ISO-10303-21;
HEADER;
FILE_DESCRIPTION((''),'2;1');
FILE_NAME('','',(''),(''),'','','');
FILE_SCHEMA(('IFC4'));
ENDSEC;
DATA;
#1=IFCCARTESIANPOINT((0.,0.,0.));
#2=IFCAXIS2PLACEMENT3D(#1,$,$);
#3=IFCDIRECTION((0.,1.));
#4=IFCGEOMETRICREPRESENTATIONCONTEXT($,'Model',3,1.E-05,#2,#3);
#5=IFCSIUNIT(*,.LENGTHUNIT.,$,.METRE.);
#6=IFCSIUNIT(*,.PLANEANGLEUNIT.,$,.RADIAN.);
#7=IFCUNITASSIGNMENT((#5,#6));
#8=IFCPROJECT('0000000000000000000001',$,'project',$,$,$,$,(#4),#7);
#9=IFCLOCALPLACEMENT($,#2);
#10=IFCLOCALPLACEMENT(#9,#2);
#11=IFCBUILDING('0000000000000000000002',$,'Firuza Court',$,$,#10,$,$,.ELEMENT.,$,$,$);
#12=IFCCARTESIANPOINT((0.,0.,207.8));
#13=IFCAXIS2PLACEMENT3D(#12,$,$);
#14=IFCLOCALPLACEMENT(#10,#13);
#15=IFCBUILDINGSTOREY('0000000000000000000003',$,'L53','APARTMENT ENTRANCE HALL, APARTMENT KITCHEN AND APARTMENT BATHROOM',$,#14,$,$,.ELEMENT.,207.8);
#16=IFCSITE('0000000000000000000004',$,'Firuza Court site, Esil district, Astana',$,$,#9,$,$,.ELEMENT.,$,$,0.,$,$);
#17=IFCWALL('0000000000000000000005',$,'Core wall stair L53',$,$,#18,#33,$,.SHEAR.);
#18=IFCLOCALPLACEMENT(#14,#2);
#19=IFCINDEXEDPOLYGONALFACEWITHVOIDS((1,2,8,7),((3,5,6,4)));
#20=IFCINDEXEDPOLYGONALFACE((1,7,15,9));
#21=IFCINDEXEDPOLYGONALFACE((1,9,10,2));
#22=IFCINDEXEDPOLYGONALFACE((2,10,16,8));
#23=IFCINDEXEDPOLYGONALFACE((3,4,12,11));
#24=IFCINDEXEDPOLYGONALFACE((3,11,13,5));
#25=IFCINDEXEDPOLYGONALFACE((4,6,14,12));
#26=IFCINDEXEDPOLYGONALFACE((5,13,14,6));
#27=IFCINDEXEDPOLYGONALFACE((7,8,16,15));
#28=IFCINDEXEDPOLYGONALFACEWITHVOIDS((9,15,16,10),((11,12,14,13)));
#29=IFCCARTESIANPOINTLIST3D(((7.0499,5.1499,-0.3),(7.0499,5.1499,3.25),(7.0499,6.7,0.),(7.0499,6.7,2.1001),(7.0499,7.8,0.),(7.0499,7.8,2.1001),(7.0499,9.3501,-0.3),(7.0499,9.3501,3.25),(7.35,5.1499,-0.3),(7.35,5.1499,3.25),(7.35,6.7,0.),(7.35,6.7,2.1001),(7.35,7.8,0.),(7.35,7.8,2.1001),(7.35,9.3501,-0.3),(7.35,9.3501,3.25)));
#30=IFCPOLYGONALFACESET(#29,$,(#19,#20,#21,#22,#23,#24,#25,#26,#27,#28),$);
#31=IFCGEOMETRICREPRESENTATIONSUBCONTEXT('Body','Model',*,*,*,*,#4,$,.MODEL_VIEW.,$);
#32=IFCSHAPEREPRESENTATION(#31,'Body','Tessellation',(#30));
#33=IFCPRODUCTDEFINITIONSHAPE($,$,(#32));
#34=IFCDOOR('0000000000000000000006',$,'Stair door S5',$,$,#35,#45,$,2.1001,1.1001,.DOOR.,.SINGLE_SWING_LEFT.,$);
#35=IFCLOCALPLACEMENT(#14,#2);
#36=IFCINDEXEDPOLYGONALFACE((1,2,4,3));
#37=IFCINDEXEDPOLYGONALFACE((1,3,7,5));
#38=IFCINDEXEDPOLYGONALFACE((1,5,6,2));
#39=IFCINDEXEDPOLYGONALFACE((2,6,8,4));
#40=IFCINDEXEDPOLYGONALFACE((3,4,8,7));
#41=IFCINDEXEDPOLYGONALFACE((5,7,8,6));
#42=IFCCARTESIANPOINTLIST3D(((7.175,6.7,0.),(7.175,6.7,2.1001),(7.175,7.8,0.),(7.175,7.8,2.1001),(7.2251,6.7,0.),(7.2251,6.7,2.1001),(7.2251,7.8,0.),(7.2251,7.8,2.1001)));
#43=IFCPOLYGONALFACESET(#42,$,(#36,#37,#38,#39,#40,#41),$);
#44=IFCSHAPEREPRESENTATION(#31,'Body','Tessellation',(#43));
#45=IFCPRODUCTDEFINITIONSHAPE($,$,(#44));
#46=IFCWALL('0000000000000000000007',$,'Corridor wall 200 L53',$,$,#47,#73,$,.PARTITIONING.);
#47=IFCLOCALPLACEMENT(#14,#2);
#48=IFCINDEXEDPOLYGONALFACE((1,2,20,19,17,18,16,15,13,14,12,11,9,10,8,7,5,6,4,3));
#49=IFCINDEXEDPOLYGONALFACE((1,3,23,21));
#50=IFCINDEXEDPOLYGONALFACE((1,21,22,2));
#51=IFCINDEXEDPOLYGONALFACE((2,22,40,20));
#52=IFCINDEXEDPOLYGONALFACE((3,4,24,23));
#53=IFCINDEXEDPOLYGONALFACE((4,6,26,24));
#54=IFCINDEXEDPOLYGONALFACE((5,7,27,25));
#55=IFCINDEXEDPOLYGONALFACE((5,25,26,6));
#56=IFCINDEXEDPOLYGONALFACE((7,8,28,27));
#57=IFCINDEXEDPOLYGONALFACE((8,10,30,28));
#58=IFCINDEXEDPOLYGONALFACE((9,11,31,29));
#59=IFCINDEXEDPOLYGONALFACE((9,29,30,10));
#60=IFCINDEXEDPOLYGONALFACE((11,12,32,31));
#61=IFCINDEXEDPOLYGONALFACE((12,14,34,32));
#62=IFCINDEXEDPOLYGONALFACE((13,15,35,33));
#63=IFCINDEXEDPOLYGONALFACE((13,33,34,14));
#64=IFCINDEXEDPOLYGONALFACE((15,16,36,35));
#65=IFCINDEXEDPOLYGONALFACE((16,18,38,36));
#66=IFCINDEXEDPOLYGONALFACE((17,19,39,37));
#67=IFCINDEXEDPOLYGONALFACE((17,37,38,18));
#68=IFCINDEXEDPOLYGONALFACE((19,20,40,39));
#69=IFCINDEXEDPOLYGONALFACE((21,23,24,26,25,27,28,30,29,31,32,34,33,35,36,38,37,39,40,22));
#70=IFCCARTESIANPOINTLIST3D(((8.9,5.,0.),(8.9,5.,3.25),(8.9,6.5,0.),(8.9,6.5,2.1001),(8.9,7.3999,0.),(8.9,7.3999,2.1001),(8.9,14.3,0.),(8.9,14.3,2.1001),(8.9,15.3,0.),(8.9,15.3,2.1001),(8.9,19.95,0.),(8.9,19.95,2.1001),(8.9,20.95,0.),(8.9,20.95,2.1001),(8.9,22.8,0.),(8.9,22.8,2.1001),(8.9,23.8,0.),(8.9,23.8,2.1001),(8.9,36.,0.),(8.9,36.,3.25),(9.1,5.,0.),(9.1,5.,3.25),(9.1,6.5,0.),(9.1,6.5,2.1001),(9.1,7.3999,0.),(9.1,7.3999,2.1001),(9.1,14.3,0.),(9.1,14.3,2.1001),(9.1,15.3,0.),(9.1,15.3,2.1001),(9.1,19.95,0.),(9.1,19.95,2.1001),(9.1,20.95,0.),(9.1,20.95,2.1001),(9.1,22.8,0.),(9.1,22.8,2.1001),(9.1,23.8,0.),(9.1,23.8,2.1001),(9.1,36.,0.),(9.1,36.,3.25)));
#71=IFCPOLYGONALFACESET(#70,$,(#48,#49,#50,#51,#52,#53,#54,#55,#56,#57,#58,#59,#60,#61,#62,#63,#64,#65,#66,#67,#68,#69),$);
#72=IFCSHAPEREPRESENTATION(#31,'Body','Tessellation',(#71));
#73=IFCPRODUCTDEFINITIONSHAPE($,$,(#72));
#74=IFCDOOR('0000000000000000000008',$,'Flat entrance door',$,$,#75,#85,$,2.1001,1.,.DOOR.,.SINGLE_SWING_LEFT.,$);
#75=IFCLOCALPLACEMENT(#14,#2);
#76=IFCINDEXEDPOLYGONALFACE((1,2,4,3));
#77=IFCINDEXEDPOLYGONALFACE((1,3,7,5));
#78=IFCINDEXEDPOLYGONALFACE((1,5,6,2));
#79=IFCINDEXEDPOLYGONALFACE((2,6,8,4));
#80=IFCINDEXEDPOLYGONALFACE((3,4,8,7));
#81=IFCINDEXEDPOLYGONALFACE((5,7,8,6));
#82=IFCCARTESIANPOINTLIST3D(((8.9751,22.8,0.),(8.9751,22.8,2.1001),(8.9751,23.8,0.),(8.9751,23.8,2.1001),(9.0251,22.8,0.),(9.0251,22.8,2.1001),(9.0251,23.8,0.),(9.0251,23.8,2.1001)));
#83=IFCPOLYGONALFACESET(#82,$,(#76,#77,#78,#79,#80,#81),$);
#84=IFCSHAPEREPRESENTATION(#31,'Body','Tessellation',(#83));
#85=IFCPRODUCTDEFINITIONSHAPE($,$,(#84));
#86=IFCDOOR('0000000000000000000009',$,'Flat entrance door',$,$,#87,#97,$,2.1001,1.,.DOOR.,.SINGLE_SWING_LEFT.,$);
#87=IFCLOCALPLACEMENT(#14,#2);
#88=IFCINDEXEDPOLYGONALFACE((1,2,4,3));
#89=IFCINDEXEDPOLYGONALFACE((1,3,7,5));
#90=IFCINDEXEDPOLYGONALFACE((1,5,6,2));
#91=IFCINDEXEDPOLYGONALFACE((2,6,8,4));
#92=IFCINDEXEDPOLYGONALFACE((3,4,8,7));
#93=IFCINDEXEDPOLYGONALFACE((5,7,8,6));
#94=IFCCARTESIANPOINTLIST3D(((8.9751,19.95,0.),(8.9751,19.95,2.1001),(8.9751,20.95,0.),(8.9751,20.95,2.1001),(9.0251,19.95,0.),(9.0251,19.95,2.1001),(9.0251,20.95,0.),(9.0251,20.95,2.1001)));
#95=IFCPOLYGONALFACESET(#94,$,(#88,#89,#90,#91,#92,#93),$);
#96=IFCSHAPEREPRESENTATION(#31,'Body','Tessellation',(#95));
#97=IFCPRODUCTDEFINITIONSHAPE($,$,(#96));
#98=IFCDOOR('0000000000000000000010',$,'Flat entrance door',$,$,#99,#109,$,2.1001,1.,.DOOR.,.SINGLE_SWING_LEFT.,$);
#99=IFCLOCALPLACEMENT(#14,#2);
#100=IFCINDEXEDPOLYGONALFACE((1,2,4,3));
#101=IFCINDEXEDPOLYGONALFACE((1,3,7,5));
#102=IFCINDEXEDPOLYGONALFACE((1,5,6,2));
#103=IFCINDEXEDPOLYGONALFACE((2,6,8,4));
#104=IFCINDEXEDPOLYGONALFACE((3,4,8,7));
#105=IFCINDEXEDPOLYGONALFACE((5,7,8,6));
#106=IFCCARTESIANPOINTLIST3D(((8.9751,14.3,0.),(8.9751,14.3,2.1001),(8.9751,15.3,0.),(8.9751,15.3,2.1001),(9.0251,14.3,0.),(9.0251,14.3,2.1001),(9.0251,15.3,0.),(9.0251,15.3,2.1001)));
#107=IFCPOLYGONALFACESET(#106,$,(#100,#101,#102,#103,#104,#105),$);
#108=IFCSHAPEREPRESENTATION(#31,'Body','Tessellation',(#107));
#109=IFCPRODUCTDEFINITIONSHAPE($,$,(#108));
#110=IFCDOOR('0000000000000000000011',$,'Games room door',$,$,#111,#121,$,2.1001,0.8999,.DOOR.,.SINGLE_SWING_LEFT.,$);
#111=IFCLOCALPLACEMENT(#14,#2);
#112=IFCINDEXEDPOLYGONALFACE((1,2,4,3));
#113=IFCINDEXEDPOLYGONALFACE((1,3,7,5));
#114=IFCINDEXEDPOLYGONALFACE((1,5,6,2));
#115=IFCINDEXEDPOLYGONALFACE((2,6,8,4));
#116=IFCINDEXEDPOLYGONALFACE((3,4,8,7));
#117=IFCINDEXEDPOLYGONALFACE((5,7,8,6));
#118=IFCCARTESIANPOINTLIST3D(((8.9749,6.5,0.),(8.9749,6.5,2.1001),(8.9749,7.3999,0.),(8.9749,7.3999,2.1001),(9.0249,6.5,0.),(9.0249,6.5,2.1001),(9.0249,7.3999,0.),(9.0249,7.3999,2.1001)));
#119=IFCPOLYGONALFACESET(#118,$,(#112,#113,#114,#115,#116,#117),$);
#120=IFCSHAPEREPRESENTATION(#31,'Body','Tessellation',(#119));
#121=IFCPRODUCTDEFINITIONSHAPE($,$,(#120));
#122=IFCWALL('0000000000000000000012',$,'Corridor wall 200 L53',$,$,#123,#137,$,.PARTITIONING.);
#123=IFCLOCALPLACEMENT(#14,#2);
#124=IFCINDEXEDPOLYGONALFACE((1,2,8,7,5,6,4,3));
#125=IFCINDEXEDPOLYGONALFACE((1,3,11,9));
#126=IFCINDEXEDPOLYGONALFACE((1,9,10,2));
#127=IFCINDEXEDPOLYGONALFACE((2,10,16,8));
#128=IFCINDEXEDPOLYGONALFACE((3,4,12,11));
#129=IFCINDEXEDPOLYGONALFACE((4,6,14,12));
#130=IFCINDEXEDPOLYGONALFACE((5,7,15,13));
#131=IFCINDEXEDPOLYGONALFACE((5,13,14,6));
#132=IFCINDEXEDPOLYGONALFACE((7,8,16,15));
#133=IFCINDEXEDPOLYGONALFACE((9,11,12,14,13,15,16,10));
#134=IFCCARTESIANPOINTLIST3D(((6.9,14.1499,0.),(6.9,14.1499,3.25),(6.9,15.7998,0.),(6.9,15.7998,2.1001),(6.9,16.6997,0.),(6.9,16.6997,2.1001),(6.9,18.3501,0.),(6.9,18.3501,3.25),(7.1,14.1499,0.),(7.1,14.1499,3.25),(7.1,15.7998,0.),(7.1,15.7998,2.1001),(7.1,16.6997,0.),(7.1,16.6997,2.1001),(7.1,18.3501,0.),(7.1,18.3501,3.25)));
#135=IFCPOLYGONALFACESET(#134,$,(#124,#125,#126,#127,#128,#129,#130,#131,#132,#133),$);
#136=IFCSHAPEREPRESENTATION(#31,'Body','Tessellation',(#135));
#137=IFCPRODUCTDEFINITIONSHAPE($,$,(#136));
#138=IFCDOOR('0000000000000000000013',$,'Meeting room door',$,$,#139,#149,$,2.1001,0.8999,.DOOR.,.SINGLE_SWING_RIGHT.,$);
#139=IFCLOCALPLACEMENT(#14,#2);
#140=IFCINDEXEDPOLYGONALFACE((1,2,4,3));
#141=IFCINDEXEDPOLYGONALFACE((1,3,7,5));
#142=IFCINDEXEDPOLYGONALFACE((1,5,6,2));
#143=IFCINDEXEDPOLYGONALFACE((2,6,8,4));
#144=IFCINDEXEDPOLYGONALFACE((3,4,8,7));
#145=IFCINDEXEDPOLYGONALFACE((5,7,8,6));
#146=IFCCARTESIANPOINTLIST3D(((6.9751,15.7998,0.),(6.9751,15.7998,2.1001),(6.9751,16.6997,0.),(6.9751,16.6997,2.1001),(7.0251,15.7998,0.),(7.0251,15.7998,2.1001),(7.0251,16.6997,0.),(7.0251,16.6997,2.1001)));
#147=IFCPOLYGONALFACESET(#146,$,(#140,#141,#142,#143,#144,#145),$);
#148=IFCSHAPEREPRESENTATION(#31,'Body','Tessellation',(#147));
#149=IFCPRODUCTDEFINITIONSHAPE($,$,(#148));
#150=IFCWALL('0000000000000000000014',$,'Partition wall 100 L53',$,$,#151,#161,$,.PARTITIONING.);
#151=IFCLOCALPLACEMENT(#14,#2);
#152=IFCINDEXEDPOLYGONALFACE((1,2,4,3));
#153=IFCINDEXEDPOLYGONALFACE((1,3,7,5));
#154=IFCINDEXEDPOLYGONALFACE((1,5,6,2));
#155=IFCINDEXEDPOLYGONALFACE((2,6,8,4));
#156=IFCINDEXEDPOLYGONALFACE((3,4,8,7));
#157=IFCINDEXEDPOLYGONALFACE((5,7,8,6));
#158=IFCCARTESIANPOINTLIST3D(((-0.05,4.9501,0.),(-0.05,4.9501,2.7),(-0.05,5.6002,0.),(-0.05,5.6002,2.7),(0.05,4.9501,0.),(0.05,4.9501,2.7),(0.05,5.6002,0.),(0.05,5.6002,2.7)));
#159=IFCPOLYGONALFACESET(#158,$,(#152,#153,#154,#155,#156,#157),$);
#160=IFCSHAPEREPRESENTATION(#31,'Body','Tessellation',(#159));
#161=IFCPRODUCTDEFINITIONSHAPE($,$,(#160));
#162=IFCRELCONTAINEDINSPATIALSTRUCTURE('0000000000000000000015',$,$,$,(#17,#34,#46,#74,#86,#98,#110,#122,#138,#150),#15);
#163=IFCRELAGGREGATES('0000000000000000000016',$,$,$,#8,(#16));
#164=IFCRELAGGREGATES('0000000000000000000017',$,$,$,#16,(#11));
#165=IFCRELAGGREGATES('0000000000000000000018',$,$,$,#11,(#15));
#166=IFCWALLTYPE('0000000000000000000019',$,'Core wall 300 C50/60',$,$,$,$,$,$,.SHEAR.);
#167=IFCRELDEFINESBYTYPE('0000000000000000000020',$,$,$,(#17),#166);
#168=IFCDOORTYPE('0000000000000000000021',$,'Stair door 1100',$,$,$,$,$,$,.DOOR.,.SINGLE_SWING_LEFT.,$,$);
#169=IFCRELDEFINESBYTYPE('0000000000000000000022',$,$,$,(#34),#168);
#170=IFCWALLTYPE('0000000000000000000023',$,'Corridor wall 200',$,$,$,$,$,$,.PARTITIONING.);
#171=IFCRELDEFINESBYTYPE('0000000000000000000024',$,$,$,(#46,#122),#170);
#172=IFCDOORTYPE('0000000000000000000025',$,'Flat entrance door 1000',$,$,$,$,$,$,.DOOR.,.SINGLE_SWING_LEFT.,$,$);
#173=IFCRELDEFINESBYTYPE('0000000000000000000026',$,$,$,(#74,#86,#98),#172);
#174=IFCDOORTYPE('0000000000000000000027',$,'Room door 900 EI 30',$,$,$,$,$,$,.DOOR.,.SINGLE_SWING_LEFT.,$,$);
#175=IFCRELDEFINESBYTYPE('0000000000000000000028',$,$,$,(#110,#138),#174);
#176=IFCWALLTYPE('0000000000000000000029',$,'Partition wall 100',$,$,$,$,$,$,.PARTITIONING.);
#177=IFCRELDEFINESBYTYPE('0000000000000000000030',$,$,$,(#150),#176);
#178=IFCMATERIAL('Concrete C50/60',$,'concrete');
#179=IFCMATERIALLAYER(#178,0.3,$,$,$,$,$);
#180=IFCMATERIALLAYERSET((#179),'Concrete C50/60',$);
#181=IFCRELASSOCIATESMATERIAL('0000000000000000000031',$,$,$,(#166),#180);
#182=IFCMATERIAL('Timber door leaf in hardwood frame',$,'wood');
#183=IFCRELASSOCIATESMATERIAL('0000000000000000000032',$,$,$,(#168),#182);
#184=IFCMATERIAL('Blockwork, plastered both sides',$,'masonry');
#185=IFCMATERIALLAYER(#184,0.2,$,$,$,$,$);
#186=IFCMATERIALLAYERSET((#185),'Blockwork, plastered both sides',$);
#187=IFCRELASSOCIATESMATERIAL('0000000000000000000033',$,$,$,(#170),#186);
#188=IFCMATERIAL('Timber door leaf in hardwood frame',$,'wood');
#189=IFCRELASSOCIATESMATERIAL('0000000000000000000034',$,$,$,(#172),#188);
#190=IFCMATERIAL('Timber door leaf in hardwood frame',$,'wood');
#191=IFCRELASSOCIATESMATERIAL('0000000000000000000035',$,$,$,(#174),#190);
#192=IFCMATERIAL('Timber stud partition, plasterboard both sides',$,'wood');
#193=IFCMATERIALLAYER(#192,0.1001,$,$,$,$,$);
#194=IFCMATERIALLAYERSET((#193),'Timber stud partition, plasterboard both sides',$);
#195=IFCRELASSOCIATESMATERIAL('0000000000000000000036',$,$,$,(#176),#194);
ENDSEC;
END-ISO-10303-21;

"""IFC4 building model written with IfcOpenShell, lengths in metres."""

from ifc_helpers import new_model, si_unit, direction, frame, frame_2d, origin, place, context, subcontext, project, spatial, rectangle, extrude, material, layer, layer_set, type_object, element, fill, save


model = new_model("IFC4")

# Units and contexts
model_context = context("Model", 3, precision=1e-05, world=origin(), true_north=direction((0.0, 1.0)))
body_context = subcontext(model_context, "Body", "Model", "MODEL_VIEW")
ifc_project = project(units=[si_unit("LENGTHUNIT", "METRE"), si_unit("PLANEANGLEUNIT", "RADIAN")], contexts=[model_context])

# Site, building, storey
site_placement = place(None, origin())
site = spatial("IfcSite", under=ifc_project, at=site_placement, Name="Firuza Court site, Esil district, Astana", CompositionType="ELEMENT", RefElevation=0.0)
building_placement = place(site_placement, origin())
building = spatial("IfcBuilding", under=site, at=building_placement, Name="Firuza Court", CompositionType="ELEMENT")
storey_placement = place(building_placement, frame((0.0, 0.0, 207.8)))
storey = spatial("IfcBuildingStorey", under=building, at=storey_placement, Name="L53", Description="APARTMENT ENTRANCE HALL, APARTMENT KITCHEN AND APARTMENT BATHROOM", CompositionType="ELEMENT", Elevation=207.8)

# Shared definitions
ifc_material_1 = material(Name="Concrete C50/60", Category="concrete")
ifc_layer_1 = layer(ifc_material_1, 0.3)
ifc_layer_set_1 = layer_set([ifc_layer_1], Name="Concrete C50/60")
wall_type_1 = type_object("IfcWallType", Name="Core wall 300 C50/60", PredefinedType="SHEAR", material=ifc_layer_set_1)

# Wall, opening, door
wall_1_placement = place(storey_placement, frame((7.2, 5.1499, -0.3), z_axis=(0.0, 0.0, 1.0), x_axis=(0.0, 1.0, 0.0)))
wall_1 = element("IfcWall", 1, at=wall_1_placement, inside=storey, type_object=wall_type_1, Name="Core wall stair L53", PredefinedType="SHEAR", context=body_context, shape_type="SweptSolid", body=[
    extrude(rectangle(XDim=4.2002, YDim=0.3, at=frame_2d((2.1001, 0.0))), origin(), (0.0, 0.0, 1.0), 3.55),
])
opening_1_placement = place(wall_1_placement, frame((1.55, 0.0, 0.3)))
opening_1 = element("IfcOpeningElement", 2, at=opening_1_placement, cuts=wall_1, PredefinedType="OPENING", context=body_context, shape_type="SweptSolid", body=[
    extrude(rectangle(XDim=1.1001, YDim=2.1001, at=frame_2d((0.55, 1.05))), frame((0.0, 0.1621, 0.0), z_axis=(0.0, -1.0, 0.0), x_axis=(1.0, 0.0, 0.0)), (0.0, 0.0, 1.0), 0.324),
])
ifc_material_2 = material(Name="Timber door leaf in hardwood frame", Category="wood")
door_type_1 = type_object("IfcDoorType", Name="Stair door 1100", OperationType="SINGLE_SWING_LEFT", PredefinedType="DOOR", material=ifc_material_2)
door_1_placement = place(opening_1_placement, origin())
door_1 = element("IfcDoor", 3, at=door_1_placement, inside=storey, type_object=door_type_1, Name="Stair door S5", OperationType="SINGLE_SWING_LEFT", OverallHeight=2.1001, OverallWidth=1.1001, PredefinedType="DOOR", context=body_context, shape_type="SweptSolid", body=[
    extrude(rectangle(XDim=1.1001, YDim=2.1001, at=frame_2d((0.55, 1.05))), frame((0.0, 0.0249, 0.0), z_axis=(0.0, -1.0, 0.0), x_axis=(1.0, 0.0, 0.0)), (0.0, 0.0, 1.0), 0.05),
])
fill(opening_1, door_1)

# Wall, openings, doors
ifc_material_3 = material(Name="Blockwork, plastered both sides", Category="masonry")
ifc_layer_2 = layer(ifc_material_3, 0.2)
ifc_layer_set_2 = layer_set([ifc_layer_2], Name="Blockwork, plastered both sides")
wall_type_2 = type_object("IfcWallType", Name="Corridor wall 200", PredefinedType="PARTITIONING", material=ifc_layer_set_2)
wall_2_placement = place(storey_placement, frame((9.0, 5.0, 0.0), z_axis=(0.0, 0.0, 1.0), x_axis=(0.0, 1.0, 0.0)))
wall_2 = element("IfcWall", 4, at=wall_2_placement, inside=storey, type_object=wall_type_2, Name="Corridor wall 200 L53", PredefinedType="PARTITIONING", context=body_context, shape_type="SweptSolid", body=[
    extrude(rectangle(XDim=31.0, YDim=0.2, at=frame_2d((15.5, 0.0))), origin(), (0.0, 0.0, 1.0), 3.25),
])
opening_2_placement = place(wall_2_placement, frame((17.8, 0.0, 0.0)))
opening_2 = element("IfcOpeningElement", 5, at=opening_2_placement, cuts=wall_2, PredefinedType="OPENING", context=body_context, shape_type="SweptSolid", body=[
    extrude(rectangle(XDim=1.0, YDim=2.1001, at=frame_2d((0.5, 1.05))), frame((0.0, 0.1118, 0.0), z_axis=(0.0, -1.0, 0.0), x_axis=(1.0, 0.0, 0.0)), (0.0, 0.0, 1.0), 0.2239),
])
opening_3_placement = place(wall_2_placement, frame((14.95, 0.0, 0.0)))
opening_3 = element("IfcOpeningElement", 6, at=opening_3_placement, cuts=wall_2, PredefinedType="OPENING", context=body_context, shape_type="SweptSolid", body=[
    extrude(rectangle(XDim=1.0, YDim=2.1001, at=frame_2d((0.5, 1.05))), frame((0.0, 0.1118, 0.0), z_axis=(0.0, -1.0, 0.0), x_axis=(1.0, 0.0, 0.0)), (0.0, 0.0, 1.0), 0.2239),
])
opening_4_placement = place(wall_2_placement, frame((9.3, 0.0, 0.0)))
opening_4 = element("IfcOpeningElement", 7, at=opening_4_placement, cuts=wall_2, PredefinedType="OPENING", context=body_context, shape_type="SweptSolid", body=[
    extrude(rectangle(XDim=1.0, YDim=2.1001, at=frame_2d((0.5, 1.05))), frame((0.0, 0.1118, 0.0), z_axis=(0.0, -1.0, 0.0), x_axis=(1.0, 0.0, 0.0)), (0.0, 0.0, 1.0), 0.2239),
])
opening_5_placement = place(wall_2_placement, frame((1.5, 0.0, 0.0)))
opening_5 = element("IfcOpeningElement", 8, at=opening_5_placement, cuts=wall_2, PredefinedType="OPENING", context=body_context, shape_type="SweptSolid", body=[
    extrude(rectangle(XDim=0.8999, YDim=2.1001, at=frame_2d((0.45, 1.05))), frame((0.0, 0.1118, 0.0), z_axis=(0.0, -1.0, 0.0), x_axis=(1.0, 0.0, 0.0)), (0.0, 0.0, 1.0), 0.2239),
])
ifc_material_4 = material(Name="Timber door leaf in hardwood frame", Category="wood")
door_type_2 = type_object("IfcDoorType", Name="Flat entrance door 1000", OperationType="SINGLE_SWING_LEFT", PredefinedType="DOOR", material=ifc_material_4)
door_2_placement = place(opening_2_placement, origin())
door_2 = element("IfcDoor", 9, at=door_2_placement, inside=storey, type_object=door_type_2, Name="Flat entrance door", OperationType="SINGLE_SWING_LEFT", OverallHeight=2.1001, OverallWidth=1.0, PredefinedType="DOOR", context=body_context, shape_type="SweptSolid", body=[
    extrude(rectangle(XDim=1.0, YDim=2.1001, at=frame_2d((0.5, 1.05))), frame((0.0, 0.0249, 0.0), z_axis=(0.0, -1.0, 0.0), x_axis=(1.0, 0.0, 0.0)), (0.0, 0.0, 1.0), 0.05),
])
fill(opening_2, door_2)
door_3_placement = place(opening_3_placement, origin())
door_3 = element("IfcDoor", 10, at=door_3_placement, inside=storey, type_object=door_type_2, Name="Flat entrance door", OperationType="SINGLE_SWING_LEFT", OverallHeight=2.1001, OverallWidth=1.0, PredefinedType="DOOR", context=body_context, shape_type="SweptSolid", body=[
    extrude(rectangle(XDim=1.0, YDim=2.1001, at=frame_2d((0.5, 1.05))), frame((0.0, 0.0249, 0.0), z_axis=(0.0, -1.0, 0.0), x_axis=(1.0, 0.0, 0.0)), (0.0, 0.0, 1.0), 0.05),
])
fill(opening_3, door_3)
door_4_placement = place(opening_4_placement, origin())
door_4 = element("IfcDoor", 11, at=door_4_placement, inside=storey, type_object=door_type_2, Name="Flat entrance door", OperationType="SINGLE_SWING_LEFT", OverallHeight=2.1001, OverallWidth=1.0, PredefinedType="DOOR", context=body_context, shape_type="SweptSolid", body=[
    extrude(rectangle(XDim=1.0, YDim=2.1001, at=frame_2d((0.5, 1.05))), frame((0.0, 0.0249, 0.0), z_axis=(0.0, -1.0, 0.0), x_axis=(1.0, 0.0, 0.0)), (0.0, 0.0, 1.0), 0.05),
])
fill(opening_4, door_4)
ifc_material_5 = material(Name="Timber door leaf in hardwood frame", Category="wood")
door_type_3 = type_object("IfcDoorType", Name="Room door 900 EI 30", OperationType="SINGLE_SWING_LEFT", PredefinedType="DOOR", material=ifc_material_5)
door_5_placement = place(opening_5_placement, frame((0.8999, 0.0, 0.0), z_axis=(0.0, 0.0, 1.0), x_axis=(-1.0, 0.0, 0.0)))
door_5 = element("IfcDoor", 12, at=door_5_placement, inside=storey, type_object=door_type_3, Name="Games room door", OperationType="SINGLE_SWING_LEFT", OverallHeight=2.1001, OverallWidth=0.8999, PredefinedType="DOOR", context=body_context, shape_type="SweptSolid", body=[
    extrude(rectangle(XDim=0.8999, YDim=2.1001, at=frame_2d((0.45, 1.05))), frame((0.0, 0.0249, 0.0), z_axis=(0.0, -1.0, 0.0), x_axis=(1.0, 0.0, 0.0)), (0.0, 0.0, 1.0), 0.05),
])
fill(opening_5, door_5)

# Wall, opening, door
wall_3_placement = place(storey_placement, frame((7.0, 14.1499, 0.0), z_axis=(0.0, 0.0, 1.0), x_axis=(0.0, 1.0, 0.0)))
wall_3 = element("IfcWall", 13, at=wall_3_placement, inside=storey, type_object=wall_type_2, Name="Corridor wall 200 L53", PredefinedType="PARTITIONING", context=body_context, shape_type="SweptSolid", body=[
    extrude(rectangle(XDim=4.2002, YDim=0.2, at=frame_2d((2.1001, 0.0))), origin(), (0.0, 0.0, 1.0), 3.25),
])
opening_6_placement = place(wall_3_placement, frame((1.6499, 0.0, 0.0)))
opening_6 = element("IfcOpeningElement", 14, at=opening_6_placement, cuts=wall_3, PredefinedType="OPENING", context=body_context, shape_type="SweptSolid", body=[
    extrude(rectangle(XDim=0.8999, YDim=2.1001, at=frame_2d((0.45, 1.05))), frame((0.0, 0.1118, 0.0), z_axis=(0.0, -1.0, 0.0), x_axis=(1.0, 0.0, 0.0)), (0.0, 0.0, 1.0), 0.2239),
])
door_6_placement = place(opening_6_placement, origin())
door_6 = element("IfcDoor", 15, at=door_6_placement, inside=storey, type_object=door_type_3, Name="Meeting room door", OperationType="SINGLE_SWING_RIGHT", OverallHeight=2.1001, OverallWidth=0.8999, PredefinedType="DOOR", context=body_context, shape_type="SweptSolid", body=[
    extrude(rectangle(XDim=0.8999, YDim=2.1001, at=frame_2d((0.45, 1.05))), frame((0.0, 0.0249, 0.0), z_axis=(0.0, -1.0, 0.0), x_axis=(1.0, 0.0, 0.0)), (0.0, 0.0, 1.0), 0.05),
])
fill(opening_6, door_6)

# Wall
ifc_material_6 = material(Name="Timber stud partition, plasterboard both sides", Category="wood")
ifc_layer_3 = layer(ifc_material_6, 0.1001)
ifc_layer_set_3 = layer_set([ifc_layer_3], Name="Timber stud partition, plasterboard both sides")
wall_type_3 = type_object("IfcWallType", Name="Partition wall 100", PredefinedType="PARTITIONING", material=ifc_layer_set_3)
wall_4_placement = place(storey_placement, frame((0.0, 4.95, 0.0), z_axis=(0.0, 0.0, 1.0), x_axis=(0.0, 1.0, 0.0)))
element("IfcWall", 16, at=wall_4_placement, inside=storey, type_object=wall_type_3, Name="Partition wall 100 L53", PredefinedType="PARTITIONING", context=body_context, shape_type="SweptSolid", body=[
    extrude(rectangle(XDim=0.6501, YDim=0.1001, at=frame_2d((0.3252, 0.0))), origin(), (0.0, 0.0, 1.0), 2.7),
])

save(model, "model.ifc")
